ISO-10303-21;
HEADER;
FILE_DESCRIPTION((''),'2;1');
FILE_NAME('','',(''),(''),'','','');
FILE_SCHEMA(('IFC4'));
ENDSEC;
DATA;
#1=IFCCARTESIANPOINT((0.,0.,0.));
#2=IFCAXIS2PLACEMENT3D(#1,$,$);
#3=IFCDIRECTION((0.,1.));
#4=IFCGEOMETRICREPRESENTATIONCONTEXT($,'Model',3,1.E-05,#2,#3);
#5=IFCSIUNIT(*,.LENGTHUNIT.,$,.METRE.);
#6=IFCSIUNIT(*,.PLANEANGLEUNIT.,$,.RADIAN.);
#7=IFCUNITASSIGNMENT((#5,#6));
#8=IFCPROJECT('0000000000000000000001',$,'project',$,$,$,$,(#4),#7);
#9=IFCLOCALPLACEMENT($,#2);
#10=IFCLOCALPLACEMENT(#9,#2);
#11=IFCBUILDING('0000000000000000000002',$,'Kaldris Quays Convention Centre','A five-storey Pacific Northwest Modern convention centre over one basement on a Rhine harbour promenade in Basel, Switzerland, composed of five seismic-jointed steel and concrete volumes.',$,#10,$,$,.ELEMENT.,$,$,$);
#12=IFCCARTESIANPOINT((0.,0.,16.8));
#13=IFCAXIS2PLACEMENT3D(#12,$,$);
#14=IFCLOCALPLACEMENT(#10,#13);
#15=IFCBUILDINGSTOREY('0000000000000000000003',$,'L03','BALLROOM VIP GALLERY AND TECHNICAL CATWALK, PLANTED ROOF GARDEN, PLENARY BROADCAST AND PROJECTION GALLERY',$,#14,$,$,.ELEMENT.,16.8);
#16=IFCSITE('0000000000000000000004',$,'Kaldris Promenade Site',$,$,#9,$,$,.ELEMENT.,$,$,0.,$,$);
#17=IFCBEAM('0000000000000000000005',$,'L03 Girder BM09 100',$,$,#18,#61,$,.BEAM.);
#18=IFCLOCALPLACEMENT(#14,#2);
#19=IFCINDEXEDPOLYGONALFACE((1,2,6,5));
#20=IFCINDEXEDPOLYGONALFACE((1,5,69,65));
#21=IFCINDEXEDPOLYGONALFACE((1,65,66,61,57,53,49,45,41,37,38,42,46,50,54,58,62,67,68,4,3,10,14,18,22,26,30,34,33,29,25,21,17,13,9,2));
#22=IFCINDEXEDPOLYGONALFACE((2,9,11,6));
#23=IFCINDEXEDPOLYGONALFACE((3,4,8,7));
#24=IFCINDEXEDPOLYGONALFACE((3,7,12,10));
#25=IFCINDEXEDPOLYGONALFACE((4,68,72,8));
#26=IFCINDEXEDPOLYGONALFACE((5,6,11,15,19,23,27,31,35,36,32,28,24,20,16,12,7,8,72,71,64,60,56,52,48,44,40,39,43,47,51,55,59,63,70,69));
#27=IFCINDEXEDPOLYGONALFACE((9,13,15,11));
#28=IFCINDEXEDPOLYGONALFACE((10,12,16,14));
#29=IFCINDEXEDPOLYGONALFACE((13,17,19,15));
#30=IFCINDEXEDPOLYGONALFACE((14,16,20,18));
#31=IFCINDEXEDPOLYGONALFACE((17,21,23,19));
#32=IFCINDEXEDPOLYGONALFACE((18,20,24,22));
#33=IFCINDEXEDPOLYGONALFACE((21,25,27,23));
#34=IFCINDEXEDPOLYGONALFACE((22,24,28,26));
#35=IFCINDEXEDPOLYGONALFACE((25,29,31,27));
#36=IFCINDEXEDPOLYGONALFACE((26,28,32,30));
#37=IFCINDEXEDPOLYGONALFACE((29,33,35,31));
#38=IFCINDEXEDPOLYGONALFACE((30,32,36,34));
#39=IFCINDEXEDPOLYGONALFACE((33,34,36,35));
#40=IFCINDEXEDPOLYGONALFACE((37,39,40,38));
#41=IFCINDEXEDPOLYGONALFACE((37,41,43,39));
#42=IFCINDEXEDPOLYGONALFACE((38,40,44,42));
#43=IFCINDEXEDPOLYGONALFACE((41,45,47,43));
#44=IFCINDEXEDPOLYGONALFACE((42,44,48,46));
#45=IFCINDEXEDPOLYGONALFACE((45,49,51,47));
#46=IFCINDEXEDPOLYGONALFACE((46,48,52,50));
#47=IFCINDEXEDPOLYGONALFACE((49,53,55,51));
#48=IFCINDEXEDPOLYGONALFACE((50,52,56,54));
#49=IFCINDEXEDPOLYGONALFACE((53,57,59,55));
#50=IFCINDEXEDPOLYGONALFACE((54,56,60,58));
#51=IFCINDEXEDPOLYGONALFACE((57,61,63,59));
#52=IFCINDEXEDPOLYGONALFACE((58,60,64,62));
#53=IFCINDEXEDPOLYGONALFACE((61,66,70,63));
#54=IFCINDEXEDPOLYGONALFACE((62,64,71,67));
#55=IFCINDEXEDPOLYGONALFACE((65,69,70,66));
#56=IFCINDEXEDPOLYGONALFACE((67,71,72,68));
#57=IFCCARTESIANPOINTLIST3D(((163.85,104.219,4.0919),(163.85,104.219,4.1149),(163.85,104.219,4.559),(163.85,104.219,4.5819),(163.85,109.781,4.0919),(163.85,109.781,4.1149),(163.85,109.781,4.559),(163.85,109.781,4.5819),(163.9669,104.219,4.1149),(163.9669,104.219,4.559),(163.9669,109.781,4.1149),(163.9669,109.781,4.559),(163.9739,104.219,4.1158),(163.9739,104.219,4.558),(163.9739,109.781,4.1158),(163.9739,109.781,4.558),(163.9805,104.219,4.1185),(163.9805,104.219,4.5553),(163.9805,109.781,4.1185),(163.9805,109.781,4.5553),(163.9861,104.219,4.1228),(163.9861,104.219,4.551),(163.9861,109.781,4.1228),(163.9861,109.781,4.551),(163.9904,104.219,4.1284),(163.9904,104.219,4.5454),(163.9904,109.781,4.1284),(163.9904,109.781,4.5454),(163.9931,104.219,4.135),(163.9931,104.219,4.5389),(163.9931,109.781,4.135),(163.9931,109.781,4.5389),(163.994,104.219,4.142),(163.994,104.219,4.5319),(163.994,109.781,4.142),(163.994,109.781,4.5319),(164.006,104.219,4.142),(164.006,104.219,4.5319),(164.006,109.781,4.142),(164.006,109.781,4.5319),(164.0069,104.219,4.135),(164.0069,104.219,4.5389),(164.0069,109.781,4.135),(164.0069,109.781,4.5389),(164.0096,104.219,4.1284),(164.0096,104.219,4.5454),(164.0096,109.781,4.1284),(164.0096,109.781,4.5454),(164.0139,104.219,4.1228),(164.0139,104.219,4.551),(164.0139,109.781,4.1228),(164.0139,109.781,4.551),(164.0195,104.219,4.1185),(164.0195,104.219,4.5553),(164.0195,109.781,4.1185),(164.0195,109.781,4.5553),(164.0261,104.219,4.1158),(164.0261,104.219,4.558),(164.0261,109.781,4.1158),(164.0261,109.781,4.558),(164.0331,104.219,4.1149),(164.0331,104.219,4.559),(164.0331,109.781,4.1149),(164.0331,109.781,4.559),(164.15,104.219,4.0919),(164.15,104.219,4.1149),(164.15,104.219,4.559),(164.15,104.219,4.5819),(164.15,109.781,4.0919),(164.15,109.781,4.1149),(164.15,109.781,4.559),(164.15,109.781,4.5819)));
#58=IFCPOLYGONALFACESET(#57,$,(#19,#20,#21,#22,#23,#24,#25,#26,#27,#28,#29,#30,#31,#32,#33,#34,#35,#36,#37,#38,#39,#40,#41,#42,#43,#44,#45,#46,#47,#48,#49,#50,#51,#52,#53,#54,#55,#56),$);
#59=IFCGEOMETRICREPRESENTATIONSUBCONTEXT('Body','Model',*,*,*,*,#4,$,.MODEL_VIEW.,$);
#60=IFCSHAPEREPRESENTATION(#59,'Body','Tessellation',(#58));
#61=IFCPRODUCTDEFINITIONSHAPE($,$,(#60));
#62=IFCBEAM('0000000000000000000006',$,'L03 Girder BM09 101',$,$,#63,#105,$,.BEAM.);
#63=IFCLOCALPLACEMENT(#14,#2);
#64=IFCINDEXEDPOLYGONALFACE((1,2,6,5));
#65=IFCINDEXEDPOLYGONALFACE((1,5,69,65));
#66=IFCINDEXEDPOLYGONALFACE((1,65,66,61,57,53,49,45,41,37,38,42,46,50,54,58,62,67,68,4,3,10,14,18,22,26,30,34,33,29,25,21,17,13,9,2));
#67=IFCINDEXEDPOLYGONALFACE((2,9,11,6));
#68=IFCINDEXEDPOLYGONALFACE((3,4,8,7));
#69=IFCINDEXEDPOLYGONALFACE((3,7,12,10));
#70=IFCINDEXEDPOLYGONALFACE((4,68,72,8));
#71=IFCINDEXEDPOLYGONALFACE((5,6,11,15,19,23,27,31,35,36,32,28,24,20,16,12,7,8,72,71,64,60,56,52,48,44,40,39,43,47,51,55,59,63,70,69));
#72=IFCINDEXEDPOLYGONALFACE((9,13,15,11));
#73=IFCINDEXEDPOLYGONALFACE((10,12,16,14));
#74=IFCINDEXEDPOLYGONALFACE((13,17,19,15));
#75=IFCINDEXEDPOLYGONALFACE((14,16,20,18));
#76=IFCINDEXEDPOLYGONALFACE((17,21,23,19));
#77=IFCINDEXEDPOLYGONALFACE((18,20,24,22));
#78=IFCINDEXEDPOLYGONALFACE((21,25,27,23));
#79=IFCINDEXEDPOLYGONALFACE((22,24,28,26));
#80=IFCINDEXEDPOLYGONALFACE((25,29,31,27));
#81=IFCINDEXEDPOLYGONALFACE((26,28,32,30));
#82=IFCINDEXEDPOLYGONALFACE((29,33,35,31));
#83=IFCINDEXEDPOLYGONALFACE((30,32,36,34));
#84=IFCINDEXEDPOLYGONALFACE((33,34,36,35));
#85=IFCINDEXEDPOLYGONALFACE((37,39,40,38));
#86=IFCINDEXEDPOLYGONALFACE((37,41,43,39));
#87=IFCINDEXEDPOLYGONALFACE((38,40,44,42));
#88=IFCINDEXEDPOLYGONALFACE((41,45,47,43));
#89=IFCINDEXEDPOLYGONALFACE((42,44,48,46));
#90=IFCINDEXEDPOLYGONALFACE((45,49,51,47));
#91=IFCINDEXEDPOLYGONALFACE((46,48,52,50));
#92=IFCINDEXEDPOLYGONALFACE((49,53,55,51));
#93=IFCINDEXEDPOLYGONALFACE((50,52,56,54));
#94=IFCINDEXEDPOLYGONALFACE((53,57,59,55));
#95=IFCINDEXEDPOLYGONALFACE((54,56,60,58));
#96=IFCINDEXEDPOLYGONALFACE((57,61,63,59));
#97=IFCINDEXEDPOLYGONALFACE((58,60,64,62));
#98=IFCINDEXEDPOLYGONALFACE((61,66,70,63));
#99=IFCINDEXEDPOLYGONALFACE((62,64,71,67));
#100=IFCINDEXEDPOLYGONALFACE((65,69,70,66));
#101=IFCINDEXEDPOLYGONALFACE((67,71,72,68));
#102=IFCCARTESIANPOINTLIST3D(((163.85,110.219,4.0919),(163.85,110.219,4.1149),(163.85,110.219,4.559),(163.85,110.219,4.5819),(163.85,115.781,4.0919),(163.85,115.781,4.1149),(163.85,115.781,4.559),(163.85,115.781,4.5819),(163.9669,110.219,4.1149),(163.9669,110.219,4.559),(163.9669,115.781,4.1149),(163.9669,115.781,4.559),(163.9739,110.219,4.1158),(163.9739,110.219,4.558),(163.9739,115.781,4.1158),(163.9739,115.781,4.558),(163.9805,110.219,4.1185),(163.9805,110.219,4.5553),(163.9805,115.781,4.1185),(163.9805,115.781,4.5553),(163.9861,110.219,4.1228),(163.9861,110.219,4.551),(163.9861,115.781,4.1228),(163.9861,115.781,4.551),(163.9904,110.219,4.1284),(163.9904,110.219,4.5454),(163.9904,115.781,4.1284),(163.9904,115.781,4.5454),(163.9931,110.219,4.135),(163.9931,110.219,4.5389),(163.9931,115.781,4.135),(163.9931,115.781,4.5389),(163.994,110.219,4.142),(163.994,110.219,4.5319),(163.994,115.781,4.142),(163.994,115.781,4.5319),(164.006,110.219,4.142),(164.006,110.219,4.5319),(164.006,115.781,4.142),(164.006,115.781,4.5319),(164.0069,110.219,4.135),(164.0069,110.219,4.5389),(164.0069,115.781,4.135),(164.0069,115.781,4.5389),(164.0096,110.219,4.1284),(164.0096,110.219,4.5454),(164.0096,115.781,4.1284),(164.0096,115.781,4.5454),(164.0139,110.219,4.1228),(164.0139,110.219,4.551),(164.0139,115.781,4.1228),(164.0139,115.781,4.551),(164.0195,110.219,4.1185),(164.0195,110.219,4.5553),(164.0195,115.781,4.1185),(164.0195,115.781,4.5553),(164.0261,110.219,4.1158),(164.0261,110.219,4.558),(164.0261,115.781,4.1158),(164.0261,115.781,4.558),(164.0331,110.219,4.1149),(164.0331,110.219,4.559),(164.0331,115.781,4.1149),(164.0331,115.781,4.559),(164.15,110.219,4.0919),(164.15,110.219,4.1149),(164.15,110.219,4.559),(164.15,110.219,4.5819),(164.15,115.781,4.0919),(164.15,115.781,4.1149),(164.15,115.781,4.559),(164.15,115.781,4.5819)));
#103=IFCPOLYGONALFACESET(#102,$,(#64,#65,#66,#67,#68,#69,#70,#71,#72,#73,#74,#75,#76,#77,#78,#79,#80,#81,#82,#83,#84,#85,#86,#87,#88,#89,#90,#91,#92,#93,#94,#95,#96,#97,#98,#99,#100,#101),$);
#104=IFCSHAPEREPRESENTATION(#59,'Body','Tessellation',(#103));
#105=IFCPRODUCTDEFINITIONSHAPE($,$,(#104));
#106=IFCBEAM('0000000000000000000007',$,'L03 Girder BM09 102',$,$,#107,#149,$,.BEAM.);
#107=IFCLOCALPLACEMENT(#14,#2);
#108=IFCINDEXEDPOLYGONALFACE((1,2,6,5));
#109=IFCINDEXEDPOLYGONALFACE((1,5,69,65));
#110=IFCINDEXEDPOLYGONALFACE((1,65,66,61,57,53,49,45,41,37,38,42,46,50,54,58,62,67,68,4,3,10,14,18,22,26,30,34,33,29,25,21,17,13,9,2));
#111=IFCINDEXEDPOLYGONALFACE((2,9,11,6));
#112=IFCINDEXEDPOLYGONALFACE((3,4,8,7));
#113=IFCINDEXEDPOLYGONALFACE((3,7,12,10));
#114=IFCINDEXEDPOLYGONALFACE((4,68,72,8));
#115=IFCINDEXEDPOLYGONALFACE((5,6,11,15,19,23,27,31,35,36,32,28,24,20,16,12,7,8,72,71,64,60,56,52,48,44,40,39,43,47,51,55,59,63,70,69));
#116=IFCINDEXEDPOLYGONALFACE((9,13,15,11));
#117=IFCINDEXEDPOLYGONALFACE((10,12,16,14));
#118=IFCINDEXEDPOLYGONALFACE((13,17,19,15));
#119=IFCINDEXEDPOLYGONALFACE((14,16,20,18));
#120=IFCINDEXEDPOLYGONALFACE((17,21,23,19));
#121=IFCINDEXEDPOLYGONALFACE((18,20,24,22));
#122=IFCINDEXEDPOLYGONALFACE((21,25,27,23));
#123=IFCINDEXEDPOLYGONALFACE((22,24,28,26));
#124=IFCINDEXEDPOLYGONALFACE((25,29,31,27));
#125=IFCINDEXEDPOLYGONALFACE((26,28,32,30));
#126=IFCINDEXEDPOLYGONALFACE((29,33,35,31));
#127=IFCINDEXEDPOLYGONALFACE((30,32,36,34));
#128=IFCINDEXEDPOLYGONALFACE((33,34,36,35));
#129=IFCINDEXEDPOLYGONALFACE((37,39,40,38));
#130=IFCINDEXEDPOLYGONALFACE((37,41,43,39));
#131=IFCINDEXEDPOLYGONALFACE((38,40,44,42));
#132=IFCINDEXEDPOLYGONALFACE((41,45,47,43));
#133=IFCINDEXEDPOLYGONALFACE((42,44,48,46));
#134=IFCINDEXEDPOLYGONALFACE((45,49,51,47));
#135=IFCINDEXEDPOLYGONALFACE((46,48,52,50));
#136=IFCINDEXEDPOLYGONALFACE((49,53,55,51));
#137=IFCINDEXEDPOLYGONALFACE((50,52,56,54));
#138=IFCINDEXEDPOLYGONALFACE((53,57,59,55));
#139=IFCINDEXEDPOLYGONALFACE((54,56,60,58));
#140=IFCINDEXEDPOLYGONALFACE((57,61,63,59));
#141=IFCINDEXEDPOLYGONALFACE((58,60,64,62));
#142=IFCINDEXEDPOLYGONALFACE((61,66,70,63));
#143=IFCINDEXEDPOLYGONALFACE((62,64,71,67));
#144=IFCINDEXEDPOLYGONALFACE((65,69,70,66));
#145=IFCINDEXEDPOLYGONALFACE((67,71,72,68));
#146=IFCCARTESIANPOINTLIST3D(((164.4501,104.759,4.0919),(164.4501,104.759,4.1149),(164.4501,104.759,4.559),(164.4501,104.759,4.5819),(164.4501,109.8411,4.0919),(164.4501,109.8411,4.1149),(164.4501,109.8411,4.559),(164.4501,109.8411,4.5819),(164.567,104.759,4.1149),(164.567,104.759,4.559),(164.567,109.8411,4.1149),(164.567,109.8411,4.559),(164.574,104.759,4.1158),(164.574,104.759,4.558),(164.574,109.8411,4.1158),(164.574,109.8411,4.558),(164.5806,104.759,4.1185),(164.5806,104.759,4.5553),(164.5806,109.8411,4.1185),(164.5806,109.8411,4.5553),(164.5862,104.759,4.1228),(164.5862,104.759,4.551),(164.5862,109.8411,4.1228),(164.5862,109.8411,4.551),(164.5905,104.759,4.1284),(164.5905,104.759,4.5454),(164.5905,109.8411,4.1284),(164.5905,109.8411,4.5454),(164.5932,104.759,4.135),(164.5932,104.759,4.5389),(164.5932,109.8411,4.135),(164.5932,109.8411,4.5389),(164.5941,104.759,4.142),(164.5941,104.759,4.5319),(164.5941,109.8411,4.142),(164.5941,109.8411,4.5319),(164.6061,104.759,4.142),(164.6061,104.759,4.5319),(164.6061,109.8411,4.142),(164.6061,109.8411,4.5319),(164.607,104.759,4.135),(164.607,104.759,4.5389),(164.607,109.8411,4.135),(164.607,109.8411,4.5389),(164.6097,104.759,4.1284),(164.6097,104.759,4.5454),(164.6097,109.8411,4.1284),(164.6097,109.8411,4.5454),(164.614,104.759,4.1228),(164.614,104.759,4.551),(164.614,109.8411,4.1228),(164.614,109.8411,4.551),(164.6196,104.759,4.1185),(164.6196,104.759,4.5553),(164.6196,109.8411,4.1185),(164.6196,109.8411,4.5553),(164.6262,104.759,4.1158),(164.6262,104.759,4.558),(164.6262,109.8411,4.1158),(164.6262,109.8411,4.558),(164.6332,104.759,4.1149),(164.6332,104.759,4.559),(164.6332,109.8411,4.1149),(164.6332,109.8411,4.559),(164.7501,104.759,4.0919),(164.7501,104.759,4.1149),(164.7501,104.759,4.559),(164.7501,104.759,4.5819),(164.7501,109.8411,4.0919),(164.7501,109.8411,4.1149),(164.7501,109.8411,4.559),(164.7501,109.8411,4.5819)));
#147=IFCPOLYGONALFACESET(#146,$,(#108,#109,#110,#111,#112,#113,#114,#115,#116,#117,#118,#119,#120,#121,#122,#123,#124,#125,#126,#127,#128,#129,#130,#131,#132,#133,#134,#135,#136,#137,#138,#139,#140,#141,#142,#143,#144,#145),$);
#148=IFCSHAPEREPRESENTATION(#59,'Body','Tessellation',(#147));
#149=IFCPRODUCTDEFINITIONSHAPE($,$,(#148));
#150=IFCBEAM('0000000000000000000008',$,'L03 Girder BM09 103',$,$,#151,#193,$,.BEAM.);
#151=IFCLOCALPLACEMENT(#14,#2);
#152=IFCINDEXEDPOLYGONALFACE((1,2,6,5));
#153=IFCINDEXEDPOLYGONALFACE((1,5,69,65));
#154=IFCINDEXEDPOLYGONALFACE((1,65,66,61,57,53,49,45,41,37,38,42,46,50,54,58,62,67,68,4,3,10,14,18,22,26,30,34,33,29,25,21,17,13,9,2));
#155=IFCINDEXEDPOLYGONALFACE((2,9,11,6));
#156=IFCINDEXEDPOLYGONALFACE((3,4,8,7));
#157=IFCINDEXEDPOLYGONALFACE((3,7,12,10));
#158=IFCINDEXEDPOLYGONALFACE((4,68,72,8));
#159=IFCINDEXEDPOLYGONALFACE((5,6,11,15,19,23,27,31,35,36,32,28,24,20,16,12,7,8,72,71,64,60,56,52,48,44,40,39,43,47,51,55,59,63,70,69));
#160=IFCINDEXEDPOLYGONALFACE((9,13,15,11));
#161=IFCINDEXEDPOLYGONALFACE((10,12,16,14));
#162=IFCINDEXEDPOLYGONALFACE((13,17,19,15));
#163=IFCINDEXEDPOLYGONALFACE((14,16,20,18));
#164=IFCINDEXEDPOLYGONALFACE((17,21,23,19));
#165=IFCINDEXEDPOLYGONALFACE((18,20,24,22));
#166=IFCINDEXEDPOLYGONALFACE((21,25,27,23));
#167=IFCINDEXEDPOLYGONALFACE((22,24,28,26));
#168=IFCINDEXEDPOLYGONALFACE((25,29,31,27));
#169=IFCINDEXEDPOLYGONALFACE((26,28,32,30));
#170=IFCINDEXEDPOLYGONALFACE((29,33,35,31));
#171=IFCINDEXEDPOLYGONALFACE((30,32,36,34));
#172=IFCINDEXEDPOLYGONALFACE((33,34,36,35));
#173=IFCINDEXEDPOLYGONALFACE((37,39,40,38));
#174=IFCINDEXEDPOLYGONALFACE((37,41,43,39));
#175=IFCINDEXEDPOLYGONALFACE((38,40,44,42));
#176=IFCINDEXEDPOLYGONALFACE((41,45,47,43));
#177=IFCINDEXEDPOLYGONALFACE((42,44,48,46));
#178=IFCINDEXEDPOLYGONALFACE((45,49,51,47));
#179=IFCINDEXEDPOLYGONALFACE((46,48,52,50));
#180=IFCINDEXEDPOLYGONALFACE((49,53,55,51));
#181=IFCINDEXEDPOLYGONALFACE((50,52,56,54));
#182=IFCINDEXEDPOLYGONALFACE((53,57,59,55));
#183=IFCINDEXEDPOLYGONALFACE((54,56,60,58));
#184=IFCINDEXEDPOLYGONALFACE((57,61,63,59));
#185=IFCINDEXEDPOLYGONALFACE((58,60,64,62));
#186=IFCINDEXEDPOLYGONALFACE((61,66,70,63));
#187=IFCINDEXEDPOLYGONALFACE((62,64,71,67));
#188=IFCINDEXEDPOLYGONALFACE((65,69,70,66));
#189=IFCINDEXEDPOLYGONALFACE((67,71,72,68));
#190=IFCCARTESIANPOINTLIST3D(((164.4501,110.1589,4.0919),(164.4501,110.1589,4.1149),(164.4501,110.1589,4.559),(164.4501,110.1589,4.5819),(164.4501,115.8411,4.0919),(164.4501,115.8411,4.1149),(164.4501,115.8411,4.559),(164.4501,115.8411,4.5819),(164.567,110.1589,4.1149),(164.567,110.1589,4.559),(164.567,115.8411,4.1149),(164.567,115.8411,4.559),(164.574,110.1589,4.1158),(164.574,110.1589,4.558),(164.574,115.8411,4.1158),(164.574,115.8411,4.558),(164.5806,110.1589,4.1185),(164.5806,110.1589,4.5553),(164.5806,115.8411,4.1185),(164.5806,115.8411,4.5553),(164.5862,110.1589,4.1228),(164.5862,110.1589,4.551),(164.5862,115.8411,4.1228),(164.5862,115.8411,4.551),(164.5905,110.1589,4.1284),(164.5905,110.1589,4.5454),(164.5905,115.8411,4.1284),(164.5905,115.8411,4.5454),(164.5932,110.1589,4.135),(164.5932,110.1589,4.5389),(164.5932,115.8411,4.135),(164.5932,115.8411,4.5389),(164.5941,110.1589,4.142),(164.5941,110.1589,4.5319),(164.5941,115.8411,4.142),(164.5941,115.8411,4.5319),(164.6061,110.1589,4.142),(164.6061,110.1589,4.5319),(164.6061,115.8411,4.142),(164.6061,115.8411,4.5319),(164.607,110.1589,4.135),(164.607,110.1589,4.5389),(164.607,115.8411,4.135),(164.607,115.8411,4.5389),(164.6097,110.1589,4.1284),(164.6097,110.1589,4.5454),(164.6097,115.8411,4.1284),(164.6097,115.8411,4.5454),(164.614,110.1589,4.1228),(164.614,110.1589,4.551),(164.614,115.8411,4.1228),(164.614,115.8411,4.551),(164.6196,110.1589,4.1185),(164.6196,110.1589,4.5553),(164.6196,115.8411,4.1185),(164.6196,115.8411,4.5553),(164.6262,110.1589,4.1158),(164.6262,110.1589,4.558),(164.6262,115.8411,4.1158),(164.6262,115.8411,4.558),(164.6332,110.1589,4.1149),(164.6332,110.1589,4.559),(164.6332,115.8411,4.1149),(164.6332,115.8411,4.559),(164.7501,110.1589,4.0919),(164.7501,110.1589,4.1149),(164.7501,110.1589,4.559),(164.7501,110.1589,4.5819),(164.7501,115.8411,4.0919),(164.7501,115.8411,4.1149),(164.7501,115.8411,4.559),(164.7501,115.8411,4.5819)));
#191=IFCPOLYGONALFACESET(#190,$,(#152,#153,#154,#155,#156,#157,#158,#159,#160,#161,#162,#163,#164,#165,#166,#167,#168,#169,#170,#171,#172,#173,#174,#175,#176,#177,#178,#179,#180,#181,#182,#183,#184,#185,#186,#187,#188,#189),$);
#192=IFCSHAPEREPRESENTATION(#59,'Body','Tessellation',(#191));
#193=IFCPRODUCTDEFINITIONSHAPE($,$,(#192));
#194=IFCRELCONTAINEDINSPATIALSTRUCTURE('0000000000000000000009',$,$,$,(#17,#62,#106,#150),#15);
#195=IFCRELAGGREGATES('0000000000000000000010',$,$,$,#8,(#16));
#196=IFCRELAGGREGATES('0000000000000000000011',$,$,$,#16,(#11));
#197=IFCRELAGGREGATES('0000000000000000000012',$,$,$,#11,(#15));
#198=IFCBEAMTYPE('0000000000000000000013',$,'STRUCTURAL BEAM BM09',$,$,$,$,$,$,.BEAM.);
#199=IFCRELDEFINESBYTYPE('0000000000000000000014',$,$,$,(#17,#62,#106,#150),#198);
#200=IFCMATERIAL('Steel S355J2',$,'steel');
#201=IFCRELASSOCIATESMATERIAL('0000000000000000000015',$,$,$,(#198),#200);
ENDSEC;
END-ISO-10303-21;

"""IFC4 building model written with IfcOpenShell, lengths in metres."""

from ifc_helpers import new_model, si_unit, direction, frame, origin, origin_2d, place, context, subcontext, project, spatial, i_section, extrude, material, material_profile, profile_set, type_object, element, save


model = new_model("IFC4")

# Units and contexts
model_context = context("Model", 3, precision=1e-05, world=origin(), true_north=direction((0.0, 1.0)))
body_context = subcontext(model_context, "Body", "Model", "MODEL_VIEW")
ifc_project = project(units=[si_unit("LENGTHUNIT", "METRE"), si_unit("PLANEANGLEUNIT", "RADIAN")], contexts=[model_context])

# Site, building, storey
site_placement = place(None, origin())
site = spatial("IfcSite", under=ifc_project, at=site_placement, Name="Kaldris Promenade Site", CompositionType="ELEMENT", RefElevation=0.0)
building_placement = place(site_placement, origin())
building = spatial("IfcBuilding", under=site, at=building_placement, Name="Kaldris Quays Convention Centre", Description="A five-storey Pacific Northwest Modern convention centre over one basement on a Rhine harbour promenade in Basel, Switzerland, composed of five seismic-jointed steel and concrete volumes.", CompositionType="ELEMENT")
storey_placement = place(building_placement, frame((0.0, 0.0, 16.8)))
storey = spatial("IfcBuildingStorey", under=building, at=storey_placement, Name="L03", Description="BALLROOM VIP GALLERY AND TECHNICAL CATWALK, PLANTED ROOF GARDEN, PLENARY BROADCAST AND PROJECTION GALLERY", CompositionType="ELEMENT", Elevation=16.8)

# Shared definitions
ifc_material_1 = material(Name="Steel S355J2", Category="steel")

# Beams
ifc_material_profile_1 = material_profile(ifc_material_1, i_section(OverallWidth=0.3, OverallDepth=0.49, WebThickness=0.012, FlangeThickness=0.0229, FilletRadius=0.0271, at=origin_2d()), Name="HEA 500")
ifc_profile_set_1 = profile_set([ifc_material_profile_1], Name="Steel S355J2")
beam_type_1 = type_object("IfcBeamType", Name="STRUCTURAL BEAM BM09", PredefinedType="BEAM", material=ifc_profile_set_1)
for number, where, z_axis, x_axis, name in (
    (1, (164.0, 104.219, 4.3369), (0.0, 1.0, 0.0), (-1.0, 0.0, 0.0), "L03 Girder BM09 100"),
    (2, (164.0, 110.219, 4.3369), (0.0, 1.0, 0.0), (-1.0, 0.0, 0.0), "L03 Girder BM09 101"),
):
    element("IfcBeam", number, at=place(storey_placement, frame(where, z_axis=z_axis, x_axis=x_axis)), inside=storey, type_object=beam_type_1, Name=name, PredefinedType="BEAM", context=body_context, shape_type="SweptSolid", body=[
        extrude(i_section(OverallWidth=0.3, OverallDepth=0.49, WebThickness=0.012, FlangeThickness=0.0229, FilletRadius=0.0271, at=origin_2d()), origin(), (0.0, 0.0, 1.0), 5.562),
    ])
beam_1_placement = place(storey_placement, frame((164.6001, 104.759, 4.3369), z_axis=(0.0, 1.0, 0.0), x_axis=(-1.0, 0.0, 0.0)))
element("IfcBeam", 3, at=beam_1_placement, inside=storey, type_object=beam_type_1, Name="L03 Girder BM09 102", PredefinedType="BEAM", context=body_context, shape_type="SweptSolid", body=[
    extrude(i_section(OverallWidth=0.3, OverallDepth=0.49, WebThickness=0.012, FlangeThickness=0.0229, FilletRadius=0.0271, at=origin_2d()), origin(), (0.0, 0.0, 1.0), 5.082),
])
beam_2_placement = place(storey_placement, frame((164.6001, 110.1589, 4.3369), z_axis=(0.0, 1.0, 0.0), x_axis=(-1.0, 0.0, 0.0)))
element("IfcBeam", 4, at=beam_2_placement, inside=storey, type_object=beam_type_1, Name="L03 Girder BM09 103", PredefinedType="BEAM", context=body_context, shape_type="SweptSolid", body=[
    extrude(i_section(OverallWidth=0.3, OverallDepth=0.49, WebThickness=0.012, FlangeThickness=0.0229, FilletRadius=0.0271, at=origin_2d()), origin(), (0.0, 0.0, 1.0), 5.6821),
])

save(model, "model.ifc")
